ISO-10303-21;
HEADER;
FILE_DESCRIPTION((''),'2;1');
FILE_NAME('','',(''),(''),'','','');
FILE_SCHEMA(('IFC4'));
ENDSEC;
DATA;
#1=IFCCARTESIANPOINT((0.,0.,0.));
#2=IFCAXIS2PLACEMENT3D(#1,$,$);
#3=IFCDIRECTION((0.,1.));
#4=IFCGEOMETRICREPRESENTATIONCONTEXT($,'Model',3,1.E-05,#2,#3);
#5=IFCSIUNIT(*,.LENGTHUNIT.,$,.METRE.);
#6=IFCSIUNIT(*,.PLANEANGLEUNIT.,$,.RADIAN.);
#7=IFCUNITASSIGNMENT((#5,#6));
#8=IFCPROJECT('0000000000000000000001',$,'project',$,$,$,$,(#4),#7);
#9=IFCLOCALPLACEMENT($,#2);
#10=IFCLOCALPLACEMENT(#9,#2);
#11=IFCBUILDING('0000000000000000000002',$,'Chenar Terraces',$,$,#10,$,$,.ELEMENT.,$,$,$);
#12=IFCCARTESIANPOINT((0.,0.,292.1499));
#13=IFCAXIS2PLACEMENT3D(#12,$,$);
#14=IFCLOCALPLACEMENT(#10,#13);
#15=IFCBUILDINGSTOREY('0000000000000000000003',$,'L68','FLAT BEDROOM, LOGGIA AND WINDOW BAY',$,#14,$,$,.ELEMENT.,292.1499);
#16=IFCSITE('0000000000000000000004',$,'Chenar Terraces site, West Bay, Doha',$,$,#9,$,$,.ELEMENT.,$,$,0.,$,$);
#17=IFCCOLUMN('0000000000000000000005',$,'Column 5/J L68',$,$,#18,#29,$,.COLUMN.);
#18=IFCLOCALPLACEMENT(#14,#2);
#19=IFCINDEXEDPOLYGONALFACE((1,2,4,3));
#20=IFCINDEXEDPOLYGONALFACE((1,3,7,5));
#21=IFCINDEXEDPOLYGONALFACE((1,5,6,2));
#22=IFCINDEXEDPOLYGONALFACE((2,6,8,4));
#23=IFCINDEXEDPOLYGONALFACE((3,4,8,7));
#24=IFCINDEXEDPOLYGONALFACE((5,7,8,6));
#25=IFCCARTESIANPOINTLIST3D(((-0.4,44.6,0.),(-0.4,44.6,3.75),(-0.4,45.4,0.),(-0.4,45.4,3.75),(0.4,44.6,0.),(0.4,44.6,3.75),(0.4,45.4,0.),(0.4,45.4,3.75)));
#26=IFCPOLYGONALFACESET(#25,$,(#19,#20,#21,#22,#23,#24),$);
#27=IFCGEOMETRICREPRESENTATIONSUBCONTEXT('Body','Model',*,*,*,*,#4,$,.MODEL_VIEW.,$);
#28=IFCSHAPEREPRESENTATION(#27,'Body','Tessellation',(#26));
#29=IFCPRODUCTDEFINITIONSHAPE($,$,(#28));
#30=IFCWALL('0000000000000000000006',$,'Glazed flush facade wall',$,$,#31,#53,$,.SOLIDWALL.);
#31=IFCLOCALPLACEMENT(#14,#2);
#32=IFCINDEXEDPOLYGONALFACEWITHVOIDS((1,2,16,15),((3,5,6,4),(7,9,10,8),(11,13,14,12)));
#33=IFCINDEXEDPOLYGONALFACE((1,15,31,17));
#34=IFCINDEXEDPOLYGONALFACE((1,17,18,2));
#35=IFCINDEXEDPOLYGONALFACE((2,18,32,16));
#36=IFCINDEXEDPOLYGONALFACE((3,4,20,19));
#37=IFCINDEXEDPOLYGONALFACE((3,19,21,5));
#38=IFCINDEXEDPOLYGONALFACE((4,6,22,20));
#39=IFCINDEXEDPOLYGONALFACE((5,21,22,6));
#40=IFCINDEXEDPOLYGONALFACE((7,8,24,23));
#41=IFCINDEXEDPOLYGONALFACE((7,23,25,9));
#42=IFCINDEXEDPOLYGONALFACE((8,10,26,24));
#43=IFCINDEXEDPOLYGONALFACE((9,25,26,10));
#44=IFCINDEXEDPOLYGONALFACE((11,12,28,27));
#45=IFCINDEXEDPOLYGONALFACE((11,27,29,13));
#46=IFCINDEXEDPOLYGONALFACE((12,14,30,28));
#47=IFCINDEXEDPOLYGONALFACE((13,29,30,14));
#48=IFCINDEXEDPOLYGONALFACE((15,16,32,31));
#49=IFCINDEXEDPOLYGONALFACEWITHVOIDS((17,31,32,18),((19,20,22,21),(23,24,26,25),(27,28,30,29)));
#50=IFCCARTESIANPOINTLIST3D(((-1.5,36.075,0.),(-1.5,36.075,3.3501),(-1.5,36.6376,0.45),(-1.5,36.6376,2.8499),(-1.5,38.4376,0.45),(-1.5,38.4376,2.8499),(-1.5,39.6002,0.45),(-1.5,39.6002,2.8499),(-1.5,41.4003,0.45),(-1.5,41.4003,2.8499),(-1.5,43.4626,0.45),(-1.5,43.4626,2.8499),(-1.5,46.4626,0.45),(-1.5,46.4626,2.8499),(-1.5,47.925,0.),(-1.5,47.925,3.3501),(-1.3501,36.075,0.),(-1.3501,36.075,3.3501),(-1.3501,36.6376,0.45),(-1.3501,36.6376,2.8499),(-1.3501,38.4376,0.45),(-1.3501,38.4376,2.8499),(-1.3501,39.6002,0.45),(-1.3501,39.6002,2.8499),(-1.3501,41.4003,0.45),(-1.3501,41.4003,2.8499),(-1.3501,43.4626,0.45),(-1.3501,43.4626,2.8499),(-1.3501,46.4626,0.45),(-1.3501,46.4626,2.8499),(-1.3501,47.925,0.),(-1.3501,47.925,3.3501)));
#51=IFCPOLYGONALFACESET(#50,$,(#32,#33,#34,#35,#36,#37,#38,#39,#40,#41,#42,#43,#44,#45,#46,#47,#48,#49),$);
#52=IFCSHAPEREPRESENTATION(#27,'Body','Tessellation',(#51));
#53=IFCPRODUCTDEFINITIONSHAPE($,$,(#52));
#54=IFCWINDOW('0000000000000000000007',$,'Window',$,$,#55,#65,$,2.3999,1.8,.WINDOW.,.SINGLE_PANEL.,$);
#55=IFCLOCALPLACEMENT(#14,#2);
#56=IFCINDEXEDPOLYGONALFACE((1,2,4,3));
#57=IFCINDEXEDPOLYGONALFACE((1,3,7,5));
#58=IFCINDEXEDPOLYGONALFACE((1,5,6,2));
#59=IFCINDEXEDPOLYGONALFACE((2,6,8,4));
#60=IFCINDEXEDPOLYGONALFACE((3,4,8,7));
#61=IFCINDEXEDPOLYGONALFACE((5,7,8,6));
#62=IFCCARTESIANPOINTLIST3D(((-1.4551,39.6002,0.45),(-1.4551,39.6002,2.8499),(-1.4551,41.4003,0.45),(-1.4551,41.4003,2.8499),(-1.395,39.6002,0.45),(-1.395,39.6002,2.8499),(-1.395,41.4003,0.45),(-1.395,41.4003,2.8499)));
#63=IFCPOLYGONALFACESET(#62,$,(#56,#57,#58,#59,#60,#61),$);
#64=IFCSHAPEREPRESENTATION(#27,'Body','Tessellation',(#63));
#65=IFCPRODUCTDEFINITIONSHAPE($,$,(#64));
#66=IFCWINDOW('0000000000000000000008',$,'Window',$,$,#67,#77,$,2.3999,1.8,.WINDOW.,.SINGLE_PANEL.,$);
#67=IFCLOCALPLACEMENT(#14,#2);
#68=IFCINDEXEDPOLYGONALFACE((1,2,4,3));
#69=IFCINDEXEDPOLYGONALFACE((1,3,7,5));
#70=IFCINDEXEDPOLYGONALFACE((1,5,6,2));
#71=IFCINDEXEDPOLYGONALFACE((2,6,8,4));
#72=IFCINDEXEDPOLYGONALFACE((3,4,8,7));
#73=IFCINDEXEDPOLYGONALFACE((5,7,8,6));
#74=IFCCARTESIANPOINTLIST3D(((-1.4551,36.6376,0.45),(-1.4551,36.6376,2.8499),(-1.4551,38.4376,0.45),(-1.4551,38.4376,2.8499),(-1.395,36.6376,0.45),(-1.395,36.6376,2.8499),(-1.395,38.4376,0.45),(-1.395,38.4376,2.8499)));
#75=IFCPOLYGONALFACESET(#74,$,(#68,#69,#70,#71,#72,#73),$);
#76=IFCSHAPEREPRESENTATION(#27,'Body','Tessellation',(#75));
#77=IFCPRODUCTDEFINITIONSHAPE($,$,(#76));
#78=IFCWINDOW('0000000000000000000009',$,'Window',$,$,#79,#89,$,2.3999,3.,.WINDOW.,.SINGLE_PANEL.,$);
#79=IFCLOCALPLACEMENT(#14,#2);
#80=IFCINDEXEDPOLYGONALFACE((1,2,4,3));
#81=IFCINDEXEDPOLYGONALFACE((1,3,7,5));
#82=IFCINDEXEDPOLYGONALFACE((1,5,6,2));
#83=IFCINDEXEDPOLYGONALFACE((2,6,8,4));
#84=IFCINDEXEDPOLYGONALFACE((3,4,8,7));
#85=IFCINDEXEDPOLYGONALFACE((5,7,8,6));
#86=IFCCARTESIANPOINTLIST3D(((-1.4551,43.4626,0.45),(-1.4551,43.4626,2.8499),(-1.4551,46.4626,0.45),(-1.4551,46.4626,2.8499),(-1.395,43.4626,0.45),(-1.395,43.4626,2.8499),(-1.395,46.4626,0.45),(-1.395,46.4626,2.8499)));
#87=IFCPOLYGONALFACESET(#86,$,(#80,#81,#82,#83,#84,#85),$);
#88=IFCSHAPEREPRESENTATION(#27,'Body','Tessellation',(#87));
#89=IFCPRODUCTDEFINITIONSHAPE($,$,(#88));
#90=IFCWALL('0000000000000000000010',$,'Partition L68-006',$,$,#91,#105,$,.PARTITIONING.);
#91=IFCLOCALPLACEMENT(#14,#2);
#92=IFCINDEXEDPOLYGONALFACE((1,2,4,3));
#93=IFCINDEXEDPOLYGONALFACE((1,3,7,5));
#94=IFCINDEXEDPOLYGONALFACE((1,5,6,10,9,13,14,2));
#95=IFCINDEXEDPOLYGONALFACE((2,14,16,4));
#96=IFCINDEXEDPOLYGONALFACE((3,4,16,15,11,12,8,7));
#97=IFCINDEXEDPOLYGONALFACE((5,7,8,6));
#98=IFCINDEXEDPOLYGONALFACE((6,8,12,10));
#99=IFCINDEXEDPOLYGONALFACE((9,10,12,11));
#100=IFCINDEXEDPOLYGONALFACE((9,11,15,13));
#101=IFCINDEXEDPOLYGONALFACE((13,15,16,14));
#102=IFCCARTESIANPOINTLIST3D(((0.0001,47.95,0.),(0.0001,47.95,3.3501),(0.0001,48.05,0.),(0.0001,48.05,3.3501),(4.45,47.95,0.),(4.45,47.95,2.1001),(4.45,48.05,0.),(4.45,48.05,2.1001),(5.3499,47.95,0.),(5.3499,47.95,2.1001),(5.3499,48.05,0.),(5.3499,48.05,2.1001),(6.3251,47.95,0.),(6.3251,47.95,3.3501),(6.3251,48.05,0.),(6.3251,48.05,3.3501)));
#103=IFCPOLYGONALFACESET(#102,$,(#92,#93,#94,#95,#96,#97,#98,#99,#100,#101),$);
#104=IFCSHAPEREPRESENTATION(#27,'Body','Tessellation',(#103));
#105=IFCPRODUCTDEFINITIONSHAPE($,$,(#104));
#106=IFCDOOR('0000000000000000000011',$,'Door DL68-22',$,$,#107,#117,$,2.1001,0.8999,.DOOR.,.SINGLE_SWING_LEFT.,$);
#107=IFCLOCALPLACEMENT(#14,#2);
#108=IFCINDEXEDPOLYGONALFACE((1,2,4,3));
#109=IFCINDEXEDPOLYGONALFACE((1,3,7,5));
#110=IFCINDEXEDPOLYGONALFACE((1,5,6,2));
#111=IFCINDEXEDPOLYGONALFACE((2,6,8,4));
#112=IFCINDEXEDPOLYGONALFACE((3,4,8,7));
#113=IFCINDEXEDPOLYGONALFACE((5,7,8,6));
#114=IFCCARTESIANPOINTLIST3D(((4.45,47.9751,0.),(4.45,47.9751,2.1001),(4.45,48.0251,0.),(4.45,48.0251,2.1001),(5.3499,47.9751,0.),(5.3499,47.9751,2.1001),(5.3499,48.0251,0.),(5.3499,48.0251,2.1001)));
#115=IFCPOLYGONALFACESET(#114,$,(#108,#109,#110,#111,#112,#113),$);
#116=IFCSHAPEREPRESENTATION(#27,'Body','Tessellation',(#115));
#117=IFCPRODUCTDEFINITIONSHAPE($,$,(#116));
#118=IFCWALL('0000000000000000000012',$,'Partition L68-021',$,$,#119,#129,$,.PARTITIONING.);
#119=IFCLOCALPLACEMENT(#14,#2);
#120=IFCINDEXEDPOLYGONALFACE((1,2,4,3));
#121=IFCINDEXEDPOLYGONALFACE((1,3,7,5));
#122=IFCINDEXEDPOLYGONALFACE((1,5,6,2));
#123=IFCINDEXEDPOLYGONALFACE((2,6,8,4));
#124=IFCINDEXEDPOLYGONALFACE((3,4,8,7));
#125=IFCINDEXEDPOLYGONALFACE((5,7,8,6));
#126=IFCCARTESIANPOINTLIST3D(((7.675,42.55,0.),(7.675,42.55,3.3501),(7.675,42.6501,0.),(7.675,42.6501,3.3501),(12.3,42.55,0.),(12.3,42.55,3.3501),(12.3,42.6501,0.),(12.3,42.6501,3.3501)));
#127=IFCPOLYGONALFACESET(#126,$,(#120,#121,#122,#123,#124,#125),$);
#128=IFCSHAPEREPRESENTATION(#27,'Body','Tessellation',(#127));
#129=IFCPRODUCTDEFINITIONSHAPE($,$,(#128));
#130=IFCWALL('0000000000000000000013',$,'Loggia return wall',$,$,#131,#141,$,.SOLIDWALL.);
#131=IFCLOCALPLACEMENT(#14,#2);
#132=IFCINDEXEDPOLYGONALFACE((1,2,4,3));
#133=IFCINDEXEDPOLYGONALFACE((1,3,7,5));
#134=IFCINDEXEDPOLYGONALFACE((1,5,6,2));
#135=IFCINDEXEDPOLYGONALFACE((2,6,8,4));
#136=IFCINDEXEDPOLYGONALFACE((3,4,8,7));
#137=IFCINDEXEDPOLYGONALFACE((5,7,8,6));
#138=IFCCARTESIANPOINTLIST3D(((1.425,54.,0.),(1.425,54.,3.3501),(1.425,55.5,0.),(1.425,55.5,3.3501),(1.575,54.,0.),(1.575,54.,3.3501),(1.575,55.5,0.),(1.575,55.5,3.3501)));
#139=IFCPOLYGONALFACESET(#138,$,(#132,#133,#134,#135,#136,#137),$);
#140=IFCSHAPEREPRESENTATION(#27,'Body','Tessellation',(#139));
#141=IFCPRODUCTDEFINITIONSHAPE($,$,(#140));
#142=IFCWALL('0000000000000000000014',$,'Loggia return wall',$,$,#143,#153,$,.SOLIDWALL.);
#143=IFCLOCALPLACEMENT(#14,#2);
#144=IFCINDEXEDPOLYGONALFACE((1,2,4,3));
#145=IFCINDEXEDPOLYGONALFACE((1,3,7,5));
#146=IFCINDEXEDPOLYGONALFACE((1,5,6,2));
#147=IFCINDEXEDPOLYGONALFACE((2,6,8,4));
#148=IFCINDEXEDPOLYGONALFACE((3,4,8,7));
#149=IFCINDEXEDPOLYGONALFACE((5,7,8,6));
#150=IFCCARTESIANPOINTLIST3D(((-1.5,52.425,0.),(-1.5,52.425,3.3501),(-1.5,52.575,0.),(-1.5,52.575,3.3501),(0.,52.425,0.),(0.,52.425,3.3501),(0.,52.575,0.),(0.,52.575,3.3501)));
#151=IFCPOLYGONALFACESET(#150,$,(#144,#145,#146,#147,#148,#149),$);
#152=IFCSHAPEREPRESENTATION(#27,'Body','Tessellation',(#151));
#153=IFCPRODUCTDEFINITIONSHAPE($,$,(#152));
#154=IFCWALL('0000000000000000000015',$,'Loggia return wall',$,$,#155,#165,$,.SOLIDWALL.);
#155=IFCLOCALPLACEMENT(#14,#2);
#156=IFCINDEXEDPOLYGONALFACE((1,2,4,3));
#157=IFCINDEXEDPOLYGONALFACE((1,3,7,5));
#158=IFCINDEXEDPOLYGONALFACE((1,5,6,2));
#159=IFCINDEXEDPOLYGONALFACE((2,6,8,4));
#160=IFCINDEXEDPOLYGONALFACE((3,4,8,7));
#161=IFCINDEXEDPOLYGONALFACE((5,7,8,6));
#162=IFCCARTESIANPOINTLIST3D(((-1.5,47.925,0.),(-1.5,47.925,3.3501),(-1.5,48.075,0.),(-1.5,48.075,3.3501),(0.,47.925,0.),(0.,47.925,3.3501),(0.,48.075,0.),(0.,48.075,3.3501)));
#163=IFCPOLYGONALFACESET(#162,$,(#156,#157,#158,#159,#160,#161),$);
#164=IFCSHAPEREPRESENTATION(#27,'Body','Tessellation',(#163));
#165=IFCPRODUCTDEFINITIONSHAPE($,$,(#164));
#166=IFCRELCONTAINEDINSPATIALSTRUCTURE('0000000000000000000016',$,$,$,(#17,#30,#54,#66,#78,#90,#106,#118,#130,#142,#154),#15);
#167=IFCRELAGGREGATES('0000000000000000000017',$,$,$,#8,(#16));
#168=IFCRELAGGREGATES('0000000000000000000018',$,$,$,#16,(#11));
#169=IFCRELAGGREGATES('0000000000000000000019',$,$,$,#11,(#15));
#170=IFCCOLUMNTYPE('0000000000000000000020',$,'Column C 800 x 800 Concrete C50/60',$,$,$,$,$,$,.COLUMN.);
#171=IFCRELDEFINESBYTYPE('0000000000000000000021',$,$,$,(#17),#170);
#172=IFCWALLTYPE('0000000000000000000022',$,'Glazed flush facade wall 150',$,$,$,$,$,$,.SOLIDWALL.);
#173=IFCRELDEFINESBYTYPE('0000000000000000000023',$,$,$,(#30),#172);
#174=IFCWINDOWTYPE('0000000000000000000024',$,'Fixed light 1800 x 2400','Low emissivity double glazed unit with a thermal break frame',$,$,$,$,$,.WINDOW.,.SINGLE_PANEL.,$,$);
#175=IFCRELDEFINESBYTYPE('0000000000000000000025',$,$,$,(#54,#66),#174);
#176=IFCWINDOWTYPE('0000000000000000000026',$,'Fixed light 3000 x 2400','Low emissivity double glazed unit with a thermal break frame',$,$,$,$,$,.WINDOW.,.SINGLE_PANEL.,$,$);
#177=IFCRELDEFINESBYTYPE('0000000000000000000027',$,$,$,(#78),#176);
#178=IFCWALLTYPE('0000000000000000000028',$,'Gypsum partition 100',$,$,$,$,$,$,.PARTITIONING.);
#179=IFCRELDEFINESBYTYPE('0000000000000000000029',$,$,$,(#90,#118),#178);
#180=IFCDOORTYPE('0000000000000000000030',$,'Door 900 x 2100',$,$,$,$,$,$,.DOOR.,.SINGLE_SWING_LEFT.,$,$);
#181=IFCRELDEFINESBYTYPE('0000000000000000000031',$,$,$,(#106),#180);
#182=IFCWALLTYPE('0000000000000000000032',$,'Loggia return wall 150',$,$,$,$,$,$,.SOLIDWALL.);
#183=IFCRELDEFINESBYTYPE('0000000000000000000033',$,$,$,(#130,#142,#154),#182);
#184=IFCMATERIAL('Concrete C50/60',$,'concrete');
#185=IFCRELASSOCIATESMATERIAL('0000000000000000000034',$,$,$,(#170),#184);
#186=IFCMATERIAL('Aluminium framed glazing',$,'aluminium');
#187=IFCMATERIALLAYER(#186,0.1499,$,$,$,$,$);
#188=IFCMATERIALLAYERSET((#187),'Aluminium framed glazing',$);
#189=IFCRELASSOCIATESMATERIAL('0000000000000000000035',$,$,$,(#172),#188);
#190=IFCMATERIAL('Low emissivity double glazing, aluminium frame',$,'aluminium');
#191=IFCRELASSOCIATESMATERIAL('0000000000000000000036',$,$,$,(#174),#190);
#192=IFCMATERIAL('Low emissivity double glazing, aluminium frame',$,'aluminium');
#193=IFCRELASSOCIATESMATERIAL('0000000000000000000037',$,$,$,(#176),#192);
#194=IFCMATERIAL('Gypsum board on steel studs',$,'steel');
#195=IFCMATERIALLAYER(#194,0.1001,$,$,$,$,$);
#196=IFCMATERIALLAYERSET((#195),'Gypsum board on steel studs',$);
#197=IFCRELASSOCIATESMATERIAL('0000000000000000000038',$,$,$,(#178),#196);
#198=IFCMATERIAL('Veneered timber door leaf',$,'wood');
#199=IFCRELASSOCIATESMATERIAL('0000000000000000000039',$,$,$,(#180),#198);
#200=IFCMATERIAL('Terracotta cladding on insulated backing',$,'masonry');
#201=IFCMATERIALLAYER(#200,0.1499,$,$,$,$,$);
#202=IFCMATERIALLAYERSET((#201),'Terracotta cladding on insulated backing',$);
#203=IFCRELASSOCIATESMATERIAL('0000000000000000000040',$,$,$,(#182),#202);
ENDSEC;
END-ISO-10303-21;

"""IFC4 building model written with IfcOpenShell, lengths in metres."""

from ifc_helpers import new_model, si_unit, direction, frame, frame_2d, origin, origin_2d, place, context, subcontext, project, spatial, rectangle, extrude, material, layer, layer_set, material_profile, profile_set, type_object, element, fill, save


model = new_model("IFC4")

# Units and contexts
model_context = context("Model", 3, precision=1e-05, world=origin(), true_north=direction((0.0, 1.0)))
body_context = subcontext(model_context, "Body", "Model", "MODEL_VIEW")
ifc_project = project(units=[si_unit("LENGTHUNIT", "METRE"), si_unit("PLANEANGLEUNIT", "RADIAN")], contexts=[model_context])

# Site, building, storey
site_placement = place(None, origin())
site = spatial("IfcSite", under=ifc_project, at=site_placement, Name="Chenar Terraces site, West Bay, Doha", CompositionType="ELEMENT", RefElevation=0.0)
building_placement = place(site_placement, origin())
building = spatial("IfcBuilding", under=site, at=building_placement, Name="Chenar Terraces", CompositionType="ELEMENT")
storey_placement = place(building_placement, frame((0.0, 0.0, 292.1499)))
storey = spatial("IfcBuildingStorey", under=building, at=storey_placement, Name="L68", Description="FLAT BEDROOM, LOGGIA AND WINDOW BAY", CompositionType="ELEMENT", Elevation=292.1499)

# Column
ifc_material_1 = material(Name="Concrete C50/60", Category="concrete")
ifc_material_profile = material_profile(ifc_material_1, rectangle(XDim=0.8, YDim=0.8, at=origin_2d()), Name="C 800 x 800")
ifc_profile_set = profile_set([ifc_material_profile], Name="Concrete C50/60")
column_type = type_object("IfcColumnType", Name="Column C 800 x 800 Concrete C50/60", PredefinedType="COLUMN", material=ifc_profile_set)
column_placement = place(storey_placement, frame((0.0, 45.0, 0.0), z_axis=(0.0, 0.0, 1.0), x_axis=(1.0, 0.0, 0.0)))
element("IfcColumn", 1, at=column_placement, inside=storey, type_object=column_type, Name="Column 5/J L68", PredefinedType="COLUMN", context=body_context, shape_type="SweptSolid", body=[
    extrude(rectangle(XDim=0.8, YDim=0.8, at=origin_2d()), origin(), (0.0, 0.0, 1.0), 3.75),
])

# Wall, openings, windows
ifc_material_2 = material(Name="Aluminium framed glazing", Category="aluminium")
ifc_layer_1 = layer(ifc_material_2, 0.1499)
ifc_layer_set_1 = layer_set([ifc_layer_1], Name="Aluminium framed glazing")
wall_type_1 = type_object("IfcWallType", Name="Glazed flush facade wall 150", PredefinedType="SOLIDWALL", material=ifc_layer_set_1)
wall_1_placement = place(storey_placement, frame((-1.425, 47.925, 0.0), z_axis=(0.0, 0.0, 1.0), x_axis=(0.0, -1.0, 0.0)))
wall_1 = element("IfcWall", 2, at=wall_1_placement, inside=storey, type_object=wall_type_1, Name="Glazed flush facade wall", PredefinedType="SOLIDWALL", context=body_context, shape_type="SweptSolid", body=[
    extrude(rectangle(XDim=11.8501, YDim=0.1499, at=frame_2d((5.925, 0.0))), origin(), (0.0, 0.0, 1.0), 3.3501),
])
opening_1_placement = place(wall_1_placement, frame((1.4624, 0.0, 0.45)))
opening_1 = element("IfcOpeningElement", 3, at=opening_1_placement, cuts=wall_1, PredefinedType="OPENING", context=body_context, shape_type="SweptSolid", body=[
    extrude(rectangle(XDim=3.0, YDim=2.3999, at=frame_2d((1.5, 1.2))), frame((0.0, 0.085, 0.0), z_axis=(0.0, -1.0, 0.0), x_axis=(1.0, 0.0, 0.0)), (0.0, 0.0, 1.0), 0.1699),
])
opening_2_placement = place(wall_1_placement, frame((6.5249, 0.0, 0.45)))
opening_2 = element("IfcOpeningElement", 4, at=opening_2_placement, cuts=wall_1, PredefinedType="OPENING", context=body_context, shape_type="SweptSolid", body=[
    extrude(rectangle(XDim=1.8, YDim=2.3999, at=frame_2d((0.8999, 1.2))), frame((0.0, 0.085, 0.0), z_axis=(0.0, -1.0, 0.0), x_axis=(1.0, 0.0, 0.0)), (0.0, 0.0, 1.0), 0.1699),
])
opening_3_placement = place(wall_1_placement, frame((9.4875, 0.0, 0.45)))
opening_3 = element("IfcOpeningElement", 5, at=opening_3_placement, cuts=wall_1, PredefinedType="OPENING", context=body_context, shape_type="SweptSolid", body=[
    extrude(rectangle(XDim=1.8, YDim=2.3999, at=frame_2d((0.8999, 1.2))), frame((0.0, 0.085, 0.0), z_axis=(0.0, -1.0, 0.0), x_axis=(1.0, 0.0, 0.0)), (0.0, 0.0, 1.0), 0.1699),
])
ifc_material_3 = material(Name="Low emissivity double glazing, aluminium frame", Category="aluminium")
window_type_1 = type_object("IfcWindowType", Name="Fixed light 1800 x 2400", Description="Low emissivity double glazed unit with a thermal break frame", PartitioningType="SINGLE_PANEL", PredefinedType="WINDOW", material=ifc_material_3)
window_1_placement = place(opening_2_placement, origin())
window_1 = element("IfcWindow", 6, at=window_1_placement, inside=storey, type_object=window_type_1, Name="Window", OverallHeight=2.3999, OverallWidth=1.8, PartitioningType="SINGLE_PANEL", PredefinedType="WINDOW", context=body_context, shape_type="SweptSolid", body=[
    extrude(rectangle(XDim=1.8, YDim=2.3999, at=frame_2d((0.8999, 1.2))), frame((0.0, 0.03, 0.0), z_axis=(0.0, -1.0, 0.0), x_axis=(1.0, 0.0, 0.0)), (0.0, 0.0, 1.0), 0.0601),
])
fill(opening_2, window_1)
window_2_placement = place(opening_3_placement, origin())
window_2 = element("IfcWindow", 7, at=window_2_placement, inside=storey, type_object=window_type_1, Name="Window", OverallHeight=2.3999, OverallWidth=1.8, PartitioningType="SINGLE_PANEL", PredefinedType="WINDOW", context=body_context, shape_type="SweptSolid", body=[
    extrude(rectangle(XDim=1.8, YDim=2.3999, at=frame_2d((0.8999, 1.2))), frame((0.0, 0.03, 0.0), z_axis=(0.0, -1.0, 0.0), x_axis=(1.0, 0.0, 0.0)), (0.0, 0.0, 1.0), 0.0601),
])
fill(opening_3, window_2)
ifc_material_4 = material(Name="Low emissivity double glazing, aluminium frame", Category="aluminium")
window_type_2 = type_object("IfcWindowType", Name="Fixed light 3000 x 2400", Description="Low emissivity double glazed unit with a thermal break frame", PartitioningType="SINGLE_PANEL", PredefinedType="WINDOW", material=ifc_material_4)
window_3_placement = place(opening_1_placement, origin())
window_3 = element("IfcWindow", 8, at=window_3_placement, inside=storey, type_object=window_type_2, Name="Window", OverallHeight=2.3999, OverallWidth=3.0, PartitioningType="SINGLE_PANEL", PredefinedType="WINDOW", context=body_context, shape_type="SweptSolid", body=[
    extrude(rectangle(XDim=3.0, YDim=2.3999, at=frame_2d((1.5, 1.2))), frame((0.0, 0.03, 0.0), z_axis=(0.0, -1.0, 0.0), x_axis=(1.0, 0.0, 0.0)), (0.0, 0.0, 1.0), 0.0601),
])
fill(opening_1, window_3)

# Wall, opening, door
ifc_material_5 = material(Name="Gypsum board on steel studs", Category="steel")
ifc_layer_2 = layer(ifc_material_5, 0.1001)
ifc_layer_set_2 = layer_set([ifc_layer_2], Name="Gypsum board on steel studs")
wall_type_2 = type_object("IfcWallType", Name="Gypsum partition 100", PredefinedType="PARTITIONING", material=ifc_layer_set_2)
wall_2_placement = place(storey_placement, frame((0.0, 48.0, 0.0), z_axis=(0.0, 0.0, 1.0), x_axis=(1.0, 0.0, 0.0)))
wall_2 = element("IfcWall", 9, at=wall_2_placement, inside=storey, type_object=wall_type_2, Name="Partition L68-006", PredefinedType="PARTITIONING", context=body_context, shape_type="SweptSolid", body=[
    extrude(rectangle(XDim=6.325, YDim=0.1001, at=frame_2d((3.1626, 0.0))), origin(), (0.0, 0.0, 1.0), 3.3501),
])
opening_4_placement = place(wall_2_placement, frame((4.45, 0.0, 0.0)))
opening_4 = element("IfcOpeningElement", 10, at=opening_4_placement, cuts=wall_2, PredefinedType="OPENING", context=body_context, shape_type="SweptSolid", body=[
    extrude(rectangle(XDim=0.8999, YDim=2.1001, at=frame_2d((0.45, 1.05))), frame((0.0, 0.0601, 0.0), z_axis=(0.0, -1.0, 0.0), x_axis=(1.0, 0.0, 0.0)), (0.0, 0.0, 1.0), 0.1201),
])
ifc_material_6 = material(Name="Veneered timber door leaf", Category="wood")
door_type_1 = type_object("IfcDoorType", Name="Door 900 x 2100", OperationType="SINGLE_SWING_LEFT", PredefinedType="DOOR", material=ifc_material_6)
door_1_placement = place(opening_4_placement, frame((0.8999, 0.0, 0.0), z_axis=(0.0, 0.0, 1.0), x_axis=(-1.0, 0.0, 0.0)))
door_1 = element("IfcDoor", 11, at=door_1_placement, inside=storey, type_object=door_type_1, Name="Door DL68-22", OperationType="SINGLE_SWING_LEFT", OverallHeight=2.1001, OverallWidth=0.8999, PredefinedType="DOOR", context=body_context, shape_type="SweptSolid", body=[
    extrude(rectangle(XDim=0.8999, YDim=2.1001, at=frame_2d((0.45, 1.05))), frame((0.0, 0.0249, 0.0), z_axis=(0.0, -1.0, 0.0), x_axis=(1.0, 0.0, 0.0)), (0.0, 0.0, 1.0), 0.05),
])
fill(opening_4, door_1)

# Walls
wall_3_placement = place(storey_placement, frame((7.675, 42.6001, 0.0), z_axis=(0.0, 0.0, 1.0), x_axis=(1.0, 0.0, 0.0)))
element("IfcWall", 12, at=wall_3_placement, inside=storey, type_object=wall_type_2, Name="Partition L68-021", PredefinedType="PARTITIONING", context=body_context, shape_type="SweptSolid", body=[
    extrude(rectangle(XDim=4.625, YDim=0.1001, at=frame_2d((2.3125, 0.0))), origin(), (0.0, 0.0, 1.0), 3.3501),
])
ifc_material_7 = material(Name="Terracotta cladding on insulated backing", Category="masonry")
ifc_layer_3 = layer(ifc_material_7, 0.1499)
ifc_layer_set_3 = layer_set([ifc_layer_3], Name="Terracotta cladding on insulated backing")
wall_type_3 = type_object("IfcWallType", Name="Loggia return wall 150", PredefinedType="SOLIDWALL", material=ifc_layer_set_3)
for number, where, z_axis, x_axis, name in (
    (13, (1.5, 55.5, 0.0), (0.0, 0.0, 1.0), (0.0, -1.0, 0.0), "Loggia return wall"),
    (14, (-1.5, 52.5, 0.0), (0.0, 0.0, 1.0), (1.0, 0.0, 0.0), "Loggia return wall"),
    (15, (-1.5, 48.0, 0.0), (0.0, 0.0, 1.0), (1.0, 0.0, 0.0), "Loggia return wall"),
):
    element("IfcWall", number, at=place(storey_placement, frame(where, z_axis=z_axis, x_axis=x_axis)), inside=storey, type_object=wall_type_3, Name=name, PredefinedType="SOLIDWALL", context=body_context, shape_type="SweptSolid", body=[
        extrude(rectangle(XDim=1.5, YDim=0.1499, at=frame_2d((0.75, 0.0))), origin(), (0.0, 0.0, 1.0), 3.3501),
    ])

save(model, "model.ifc")
